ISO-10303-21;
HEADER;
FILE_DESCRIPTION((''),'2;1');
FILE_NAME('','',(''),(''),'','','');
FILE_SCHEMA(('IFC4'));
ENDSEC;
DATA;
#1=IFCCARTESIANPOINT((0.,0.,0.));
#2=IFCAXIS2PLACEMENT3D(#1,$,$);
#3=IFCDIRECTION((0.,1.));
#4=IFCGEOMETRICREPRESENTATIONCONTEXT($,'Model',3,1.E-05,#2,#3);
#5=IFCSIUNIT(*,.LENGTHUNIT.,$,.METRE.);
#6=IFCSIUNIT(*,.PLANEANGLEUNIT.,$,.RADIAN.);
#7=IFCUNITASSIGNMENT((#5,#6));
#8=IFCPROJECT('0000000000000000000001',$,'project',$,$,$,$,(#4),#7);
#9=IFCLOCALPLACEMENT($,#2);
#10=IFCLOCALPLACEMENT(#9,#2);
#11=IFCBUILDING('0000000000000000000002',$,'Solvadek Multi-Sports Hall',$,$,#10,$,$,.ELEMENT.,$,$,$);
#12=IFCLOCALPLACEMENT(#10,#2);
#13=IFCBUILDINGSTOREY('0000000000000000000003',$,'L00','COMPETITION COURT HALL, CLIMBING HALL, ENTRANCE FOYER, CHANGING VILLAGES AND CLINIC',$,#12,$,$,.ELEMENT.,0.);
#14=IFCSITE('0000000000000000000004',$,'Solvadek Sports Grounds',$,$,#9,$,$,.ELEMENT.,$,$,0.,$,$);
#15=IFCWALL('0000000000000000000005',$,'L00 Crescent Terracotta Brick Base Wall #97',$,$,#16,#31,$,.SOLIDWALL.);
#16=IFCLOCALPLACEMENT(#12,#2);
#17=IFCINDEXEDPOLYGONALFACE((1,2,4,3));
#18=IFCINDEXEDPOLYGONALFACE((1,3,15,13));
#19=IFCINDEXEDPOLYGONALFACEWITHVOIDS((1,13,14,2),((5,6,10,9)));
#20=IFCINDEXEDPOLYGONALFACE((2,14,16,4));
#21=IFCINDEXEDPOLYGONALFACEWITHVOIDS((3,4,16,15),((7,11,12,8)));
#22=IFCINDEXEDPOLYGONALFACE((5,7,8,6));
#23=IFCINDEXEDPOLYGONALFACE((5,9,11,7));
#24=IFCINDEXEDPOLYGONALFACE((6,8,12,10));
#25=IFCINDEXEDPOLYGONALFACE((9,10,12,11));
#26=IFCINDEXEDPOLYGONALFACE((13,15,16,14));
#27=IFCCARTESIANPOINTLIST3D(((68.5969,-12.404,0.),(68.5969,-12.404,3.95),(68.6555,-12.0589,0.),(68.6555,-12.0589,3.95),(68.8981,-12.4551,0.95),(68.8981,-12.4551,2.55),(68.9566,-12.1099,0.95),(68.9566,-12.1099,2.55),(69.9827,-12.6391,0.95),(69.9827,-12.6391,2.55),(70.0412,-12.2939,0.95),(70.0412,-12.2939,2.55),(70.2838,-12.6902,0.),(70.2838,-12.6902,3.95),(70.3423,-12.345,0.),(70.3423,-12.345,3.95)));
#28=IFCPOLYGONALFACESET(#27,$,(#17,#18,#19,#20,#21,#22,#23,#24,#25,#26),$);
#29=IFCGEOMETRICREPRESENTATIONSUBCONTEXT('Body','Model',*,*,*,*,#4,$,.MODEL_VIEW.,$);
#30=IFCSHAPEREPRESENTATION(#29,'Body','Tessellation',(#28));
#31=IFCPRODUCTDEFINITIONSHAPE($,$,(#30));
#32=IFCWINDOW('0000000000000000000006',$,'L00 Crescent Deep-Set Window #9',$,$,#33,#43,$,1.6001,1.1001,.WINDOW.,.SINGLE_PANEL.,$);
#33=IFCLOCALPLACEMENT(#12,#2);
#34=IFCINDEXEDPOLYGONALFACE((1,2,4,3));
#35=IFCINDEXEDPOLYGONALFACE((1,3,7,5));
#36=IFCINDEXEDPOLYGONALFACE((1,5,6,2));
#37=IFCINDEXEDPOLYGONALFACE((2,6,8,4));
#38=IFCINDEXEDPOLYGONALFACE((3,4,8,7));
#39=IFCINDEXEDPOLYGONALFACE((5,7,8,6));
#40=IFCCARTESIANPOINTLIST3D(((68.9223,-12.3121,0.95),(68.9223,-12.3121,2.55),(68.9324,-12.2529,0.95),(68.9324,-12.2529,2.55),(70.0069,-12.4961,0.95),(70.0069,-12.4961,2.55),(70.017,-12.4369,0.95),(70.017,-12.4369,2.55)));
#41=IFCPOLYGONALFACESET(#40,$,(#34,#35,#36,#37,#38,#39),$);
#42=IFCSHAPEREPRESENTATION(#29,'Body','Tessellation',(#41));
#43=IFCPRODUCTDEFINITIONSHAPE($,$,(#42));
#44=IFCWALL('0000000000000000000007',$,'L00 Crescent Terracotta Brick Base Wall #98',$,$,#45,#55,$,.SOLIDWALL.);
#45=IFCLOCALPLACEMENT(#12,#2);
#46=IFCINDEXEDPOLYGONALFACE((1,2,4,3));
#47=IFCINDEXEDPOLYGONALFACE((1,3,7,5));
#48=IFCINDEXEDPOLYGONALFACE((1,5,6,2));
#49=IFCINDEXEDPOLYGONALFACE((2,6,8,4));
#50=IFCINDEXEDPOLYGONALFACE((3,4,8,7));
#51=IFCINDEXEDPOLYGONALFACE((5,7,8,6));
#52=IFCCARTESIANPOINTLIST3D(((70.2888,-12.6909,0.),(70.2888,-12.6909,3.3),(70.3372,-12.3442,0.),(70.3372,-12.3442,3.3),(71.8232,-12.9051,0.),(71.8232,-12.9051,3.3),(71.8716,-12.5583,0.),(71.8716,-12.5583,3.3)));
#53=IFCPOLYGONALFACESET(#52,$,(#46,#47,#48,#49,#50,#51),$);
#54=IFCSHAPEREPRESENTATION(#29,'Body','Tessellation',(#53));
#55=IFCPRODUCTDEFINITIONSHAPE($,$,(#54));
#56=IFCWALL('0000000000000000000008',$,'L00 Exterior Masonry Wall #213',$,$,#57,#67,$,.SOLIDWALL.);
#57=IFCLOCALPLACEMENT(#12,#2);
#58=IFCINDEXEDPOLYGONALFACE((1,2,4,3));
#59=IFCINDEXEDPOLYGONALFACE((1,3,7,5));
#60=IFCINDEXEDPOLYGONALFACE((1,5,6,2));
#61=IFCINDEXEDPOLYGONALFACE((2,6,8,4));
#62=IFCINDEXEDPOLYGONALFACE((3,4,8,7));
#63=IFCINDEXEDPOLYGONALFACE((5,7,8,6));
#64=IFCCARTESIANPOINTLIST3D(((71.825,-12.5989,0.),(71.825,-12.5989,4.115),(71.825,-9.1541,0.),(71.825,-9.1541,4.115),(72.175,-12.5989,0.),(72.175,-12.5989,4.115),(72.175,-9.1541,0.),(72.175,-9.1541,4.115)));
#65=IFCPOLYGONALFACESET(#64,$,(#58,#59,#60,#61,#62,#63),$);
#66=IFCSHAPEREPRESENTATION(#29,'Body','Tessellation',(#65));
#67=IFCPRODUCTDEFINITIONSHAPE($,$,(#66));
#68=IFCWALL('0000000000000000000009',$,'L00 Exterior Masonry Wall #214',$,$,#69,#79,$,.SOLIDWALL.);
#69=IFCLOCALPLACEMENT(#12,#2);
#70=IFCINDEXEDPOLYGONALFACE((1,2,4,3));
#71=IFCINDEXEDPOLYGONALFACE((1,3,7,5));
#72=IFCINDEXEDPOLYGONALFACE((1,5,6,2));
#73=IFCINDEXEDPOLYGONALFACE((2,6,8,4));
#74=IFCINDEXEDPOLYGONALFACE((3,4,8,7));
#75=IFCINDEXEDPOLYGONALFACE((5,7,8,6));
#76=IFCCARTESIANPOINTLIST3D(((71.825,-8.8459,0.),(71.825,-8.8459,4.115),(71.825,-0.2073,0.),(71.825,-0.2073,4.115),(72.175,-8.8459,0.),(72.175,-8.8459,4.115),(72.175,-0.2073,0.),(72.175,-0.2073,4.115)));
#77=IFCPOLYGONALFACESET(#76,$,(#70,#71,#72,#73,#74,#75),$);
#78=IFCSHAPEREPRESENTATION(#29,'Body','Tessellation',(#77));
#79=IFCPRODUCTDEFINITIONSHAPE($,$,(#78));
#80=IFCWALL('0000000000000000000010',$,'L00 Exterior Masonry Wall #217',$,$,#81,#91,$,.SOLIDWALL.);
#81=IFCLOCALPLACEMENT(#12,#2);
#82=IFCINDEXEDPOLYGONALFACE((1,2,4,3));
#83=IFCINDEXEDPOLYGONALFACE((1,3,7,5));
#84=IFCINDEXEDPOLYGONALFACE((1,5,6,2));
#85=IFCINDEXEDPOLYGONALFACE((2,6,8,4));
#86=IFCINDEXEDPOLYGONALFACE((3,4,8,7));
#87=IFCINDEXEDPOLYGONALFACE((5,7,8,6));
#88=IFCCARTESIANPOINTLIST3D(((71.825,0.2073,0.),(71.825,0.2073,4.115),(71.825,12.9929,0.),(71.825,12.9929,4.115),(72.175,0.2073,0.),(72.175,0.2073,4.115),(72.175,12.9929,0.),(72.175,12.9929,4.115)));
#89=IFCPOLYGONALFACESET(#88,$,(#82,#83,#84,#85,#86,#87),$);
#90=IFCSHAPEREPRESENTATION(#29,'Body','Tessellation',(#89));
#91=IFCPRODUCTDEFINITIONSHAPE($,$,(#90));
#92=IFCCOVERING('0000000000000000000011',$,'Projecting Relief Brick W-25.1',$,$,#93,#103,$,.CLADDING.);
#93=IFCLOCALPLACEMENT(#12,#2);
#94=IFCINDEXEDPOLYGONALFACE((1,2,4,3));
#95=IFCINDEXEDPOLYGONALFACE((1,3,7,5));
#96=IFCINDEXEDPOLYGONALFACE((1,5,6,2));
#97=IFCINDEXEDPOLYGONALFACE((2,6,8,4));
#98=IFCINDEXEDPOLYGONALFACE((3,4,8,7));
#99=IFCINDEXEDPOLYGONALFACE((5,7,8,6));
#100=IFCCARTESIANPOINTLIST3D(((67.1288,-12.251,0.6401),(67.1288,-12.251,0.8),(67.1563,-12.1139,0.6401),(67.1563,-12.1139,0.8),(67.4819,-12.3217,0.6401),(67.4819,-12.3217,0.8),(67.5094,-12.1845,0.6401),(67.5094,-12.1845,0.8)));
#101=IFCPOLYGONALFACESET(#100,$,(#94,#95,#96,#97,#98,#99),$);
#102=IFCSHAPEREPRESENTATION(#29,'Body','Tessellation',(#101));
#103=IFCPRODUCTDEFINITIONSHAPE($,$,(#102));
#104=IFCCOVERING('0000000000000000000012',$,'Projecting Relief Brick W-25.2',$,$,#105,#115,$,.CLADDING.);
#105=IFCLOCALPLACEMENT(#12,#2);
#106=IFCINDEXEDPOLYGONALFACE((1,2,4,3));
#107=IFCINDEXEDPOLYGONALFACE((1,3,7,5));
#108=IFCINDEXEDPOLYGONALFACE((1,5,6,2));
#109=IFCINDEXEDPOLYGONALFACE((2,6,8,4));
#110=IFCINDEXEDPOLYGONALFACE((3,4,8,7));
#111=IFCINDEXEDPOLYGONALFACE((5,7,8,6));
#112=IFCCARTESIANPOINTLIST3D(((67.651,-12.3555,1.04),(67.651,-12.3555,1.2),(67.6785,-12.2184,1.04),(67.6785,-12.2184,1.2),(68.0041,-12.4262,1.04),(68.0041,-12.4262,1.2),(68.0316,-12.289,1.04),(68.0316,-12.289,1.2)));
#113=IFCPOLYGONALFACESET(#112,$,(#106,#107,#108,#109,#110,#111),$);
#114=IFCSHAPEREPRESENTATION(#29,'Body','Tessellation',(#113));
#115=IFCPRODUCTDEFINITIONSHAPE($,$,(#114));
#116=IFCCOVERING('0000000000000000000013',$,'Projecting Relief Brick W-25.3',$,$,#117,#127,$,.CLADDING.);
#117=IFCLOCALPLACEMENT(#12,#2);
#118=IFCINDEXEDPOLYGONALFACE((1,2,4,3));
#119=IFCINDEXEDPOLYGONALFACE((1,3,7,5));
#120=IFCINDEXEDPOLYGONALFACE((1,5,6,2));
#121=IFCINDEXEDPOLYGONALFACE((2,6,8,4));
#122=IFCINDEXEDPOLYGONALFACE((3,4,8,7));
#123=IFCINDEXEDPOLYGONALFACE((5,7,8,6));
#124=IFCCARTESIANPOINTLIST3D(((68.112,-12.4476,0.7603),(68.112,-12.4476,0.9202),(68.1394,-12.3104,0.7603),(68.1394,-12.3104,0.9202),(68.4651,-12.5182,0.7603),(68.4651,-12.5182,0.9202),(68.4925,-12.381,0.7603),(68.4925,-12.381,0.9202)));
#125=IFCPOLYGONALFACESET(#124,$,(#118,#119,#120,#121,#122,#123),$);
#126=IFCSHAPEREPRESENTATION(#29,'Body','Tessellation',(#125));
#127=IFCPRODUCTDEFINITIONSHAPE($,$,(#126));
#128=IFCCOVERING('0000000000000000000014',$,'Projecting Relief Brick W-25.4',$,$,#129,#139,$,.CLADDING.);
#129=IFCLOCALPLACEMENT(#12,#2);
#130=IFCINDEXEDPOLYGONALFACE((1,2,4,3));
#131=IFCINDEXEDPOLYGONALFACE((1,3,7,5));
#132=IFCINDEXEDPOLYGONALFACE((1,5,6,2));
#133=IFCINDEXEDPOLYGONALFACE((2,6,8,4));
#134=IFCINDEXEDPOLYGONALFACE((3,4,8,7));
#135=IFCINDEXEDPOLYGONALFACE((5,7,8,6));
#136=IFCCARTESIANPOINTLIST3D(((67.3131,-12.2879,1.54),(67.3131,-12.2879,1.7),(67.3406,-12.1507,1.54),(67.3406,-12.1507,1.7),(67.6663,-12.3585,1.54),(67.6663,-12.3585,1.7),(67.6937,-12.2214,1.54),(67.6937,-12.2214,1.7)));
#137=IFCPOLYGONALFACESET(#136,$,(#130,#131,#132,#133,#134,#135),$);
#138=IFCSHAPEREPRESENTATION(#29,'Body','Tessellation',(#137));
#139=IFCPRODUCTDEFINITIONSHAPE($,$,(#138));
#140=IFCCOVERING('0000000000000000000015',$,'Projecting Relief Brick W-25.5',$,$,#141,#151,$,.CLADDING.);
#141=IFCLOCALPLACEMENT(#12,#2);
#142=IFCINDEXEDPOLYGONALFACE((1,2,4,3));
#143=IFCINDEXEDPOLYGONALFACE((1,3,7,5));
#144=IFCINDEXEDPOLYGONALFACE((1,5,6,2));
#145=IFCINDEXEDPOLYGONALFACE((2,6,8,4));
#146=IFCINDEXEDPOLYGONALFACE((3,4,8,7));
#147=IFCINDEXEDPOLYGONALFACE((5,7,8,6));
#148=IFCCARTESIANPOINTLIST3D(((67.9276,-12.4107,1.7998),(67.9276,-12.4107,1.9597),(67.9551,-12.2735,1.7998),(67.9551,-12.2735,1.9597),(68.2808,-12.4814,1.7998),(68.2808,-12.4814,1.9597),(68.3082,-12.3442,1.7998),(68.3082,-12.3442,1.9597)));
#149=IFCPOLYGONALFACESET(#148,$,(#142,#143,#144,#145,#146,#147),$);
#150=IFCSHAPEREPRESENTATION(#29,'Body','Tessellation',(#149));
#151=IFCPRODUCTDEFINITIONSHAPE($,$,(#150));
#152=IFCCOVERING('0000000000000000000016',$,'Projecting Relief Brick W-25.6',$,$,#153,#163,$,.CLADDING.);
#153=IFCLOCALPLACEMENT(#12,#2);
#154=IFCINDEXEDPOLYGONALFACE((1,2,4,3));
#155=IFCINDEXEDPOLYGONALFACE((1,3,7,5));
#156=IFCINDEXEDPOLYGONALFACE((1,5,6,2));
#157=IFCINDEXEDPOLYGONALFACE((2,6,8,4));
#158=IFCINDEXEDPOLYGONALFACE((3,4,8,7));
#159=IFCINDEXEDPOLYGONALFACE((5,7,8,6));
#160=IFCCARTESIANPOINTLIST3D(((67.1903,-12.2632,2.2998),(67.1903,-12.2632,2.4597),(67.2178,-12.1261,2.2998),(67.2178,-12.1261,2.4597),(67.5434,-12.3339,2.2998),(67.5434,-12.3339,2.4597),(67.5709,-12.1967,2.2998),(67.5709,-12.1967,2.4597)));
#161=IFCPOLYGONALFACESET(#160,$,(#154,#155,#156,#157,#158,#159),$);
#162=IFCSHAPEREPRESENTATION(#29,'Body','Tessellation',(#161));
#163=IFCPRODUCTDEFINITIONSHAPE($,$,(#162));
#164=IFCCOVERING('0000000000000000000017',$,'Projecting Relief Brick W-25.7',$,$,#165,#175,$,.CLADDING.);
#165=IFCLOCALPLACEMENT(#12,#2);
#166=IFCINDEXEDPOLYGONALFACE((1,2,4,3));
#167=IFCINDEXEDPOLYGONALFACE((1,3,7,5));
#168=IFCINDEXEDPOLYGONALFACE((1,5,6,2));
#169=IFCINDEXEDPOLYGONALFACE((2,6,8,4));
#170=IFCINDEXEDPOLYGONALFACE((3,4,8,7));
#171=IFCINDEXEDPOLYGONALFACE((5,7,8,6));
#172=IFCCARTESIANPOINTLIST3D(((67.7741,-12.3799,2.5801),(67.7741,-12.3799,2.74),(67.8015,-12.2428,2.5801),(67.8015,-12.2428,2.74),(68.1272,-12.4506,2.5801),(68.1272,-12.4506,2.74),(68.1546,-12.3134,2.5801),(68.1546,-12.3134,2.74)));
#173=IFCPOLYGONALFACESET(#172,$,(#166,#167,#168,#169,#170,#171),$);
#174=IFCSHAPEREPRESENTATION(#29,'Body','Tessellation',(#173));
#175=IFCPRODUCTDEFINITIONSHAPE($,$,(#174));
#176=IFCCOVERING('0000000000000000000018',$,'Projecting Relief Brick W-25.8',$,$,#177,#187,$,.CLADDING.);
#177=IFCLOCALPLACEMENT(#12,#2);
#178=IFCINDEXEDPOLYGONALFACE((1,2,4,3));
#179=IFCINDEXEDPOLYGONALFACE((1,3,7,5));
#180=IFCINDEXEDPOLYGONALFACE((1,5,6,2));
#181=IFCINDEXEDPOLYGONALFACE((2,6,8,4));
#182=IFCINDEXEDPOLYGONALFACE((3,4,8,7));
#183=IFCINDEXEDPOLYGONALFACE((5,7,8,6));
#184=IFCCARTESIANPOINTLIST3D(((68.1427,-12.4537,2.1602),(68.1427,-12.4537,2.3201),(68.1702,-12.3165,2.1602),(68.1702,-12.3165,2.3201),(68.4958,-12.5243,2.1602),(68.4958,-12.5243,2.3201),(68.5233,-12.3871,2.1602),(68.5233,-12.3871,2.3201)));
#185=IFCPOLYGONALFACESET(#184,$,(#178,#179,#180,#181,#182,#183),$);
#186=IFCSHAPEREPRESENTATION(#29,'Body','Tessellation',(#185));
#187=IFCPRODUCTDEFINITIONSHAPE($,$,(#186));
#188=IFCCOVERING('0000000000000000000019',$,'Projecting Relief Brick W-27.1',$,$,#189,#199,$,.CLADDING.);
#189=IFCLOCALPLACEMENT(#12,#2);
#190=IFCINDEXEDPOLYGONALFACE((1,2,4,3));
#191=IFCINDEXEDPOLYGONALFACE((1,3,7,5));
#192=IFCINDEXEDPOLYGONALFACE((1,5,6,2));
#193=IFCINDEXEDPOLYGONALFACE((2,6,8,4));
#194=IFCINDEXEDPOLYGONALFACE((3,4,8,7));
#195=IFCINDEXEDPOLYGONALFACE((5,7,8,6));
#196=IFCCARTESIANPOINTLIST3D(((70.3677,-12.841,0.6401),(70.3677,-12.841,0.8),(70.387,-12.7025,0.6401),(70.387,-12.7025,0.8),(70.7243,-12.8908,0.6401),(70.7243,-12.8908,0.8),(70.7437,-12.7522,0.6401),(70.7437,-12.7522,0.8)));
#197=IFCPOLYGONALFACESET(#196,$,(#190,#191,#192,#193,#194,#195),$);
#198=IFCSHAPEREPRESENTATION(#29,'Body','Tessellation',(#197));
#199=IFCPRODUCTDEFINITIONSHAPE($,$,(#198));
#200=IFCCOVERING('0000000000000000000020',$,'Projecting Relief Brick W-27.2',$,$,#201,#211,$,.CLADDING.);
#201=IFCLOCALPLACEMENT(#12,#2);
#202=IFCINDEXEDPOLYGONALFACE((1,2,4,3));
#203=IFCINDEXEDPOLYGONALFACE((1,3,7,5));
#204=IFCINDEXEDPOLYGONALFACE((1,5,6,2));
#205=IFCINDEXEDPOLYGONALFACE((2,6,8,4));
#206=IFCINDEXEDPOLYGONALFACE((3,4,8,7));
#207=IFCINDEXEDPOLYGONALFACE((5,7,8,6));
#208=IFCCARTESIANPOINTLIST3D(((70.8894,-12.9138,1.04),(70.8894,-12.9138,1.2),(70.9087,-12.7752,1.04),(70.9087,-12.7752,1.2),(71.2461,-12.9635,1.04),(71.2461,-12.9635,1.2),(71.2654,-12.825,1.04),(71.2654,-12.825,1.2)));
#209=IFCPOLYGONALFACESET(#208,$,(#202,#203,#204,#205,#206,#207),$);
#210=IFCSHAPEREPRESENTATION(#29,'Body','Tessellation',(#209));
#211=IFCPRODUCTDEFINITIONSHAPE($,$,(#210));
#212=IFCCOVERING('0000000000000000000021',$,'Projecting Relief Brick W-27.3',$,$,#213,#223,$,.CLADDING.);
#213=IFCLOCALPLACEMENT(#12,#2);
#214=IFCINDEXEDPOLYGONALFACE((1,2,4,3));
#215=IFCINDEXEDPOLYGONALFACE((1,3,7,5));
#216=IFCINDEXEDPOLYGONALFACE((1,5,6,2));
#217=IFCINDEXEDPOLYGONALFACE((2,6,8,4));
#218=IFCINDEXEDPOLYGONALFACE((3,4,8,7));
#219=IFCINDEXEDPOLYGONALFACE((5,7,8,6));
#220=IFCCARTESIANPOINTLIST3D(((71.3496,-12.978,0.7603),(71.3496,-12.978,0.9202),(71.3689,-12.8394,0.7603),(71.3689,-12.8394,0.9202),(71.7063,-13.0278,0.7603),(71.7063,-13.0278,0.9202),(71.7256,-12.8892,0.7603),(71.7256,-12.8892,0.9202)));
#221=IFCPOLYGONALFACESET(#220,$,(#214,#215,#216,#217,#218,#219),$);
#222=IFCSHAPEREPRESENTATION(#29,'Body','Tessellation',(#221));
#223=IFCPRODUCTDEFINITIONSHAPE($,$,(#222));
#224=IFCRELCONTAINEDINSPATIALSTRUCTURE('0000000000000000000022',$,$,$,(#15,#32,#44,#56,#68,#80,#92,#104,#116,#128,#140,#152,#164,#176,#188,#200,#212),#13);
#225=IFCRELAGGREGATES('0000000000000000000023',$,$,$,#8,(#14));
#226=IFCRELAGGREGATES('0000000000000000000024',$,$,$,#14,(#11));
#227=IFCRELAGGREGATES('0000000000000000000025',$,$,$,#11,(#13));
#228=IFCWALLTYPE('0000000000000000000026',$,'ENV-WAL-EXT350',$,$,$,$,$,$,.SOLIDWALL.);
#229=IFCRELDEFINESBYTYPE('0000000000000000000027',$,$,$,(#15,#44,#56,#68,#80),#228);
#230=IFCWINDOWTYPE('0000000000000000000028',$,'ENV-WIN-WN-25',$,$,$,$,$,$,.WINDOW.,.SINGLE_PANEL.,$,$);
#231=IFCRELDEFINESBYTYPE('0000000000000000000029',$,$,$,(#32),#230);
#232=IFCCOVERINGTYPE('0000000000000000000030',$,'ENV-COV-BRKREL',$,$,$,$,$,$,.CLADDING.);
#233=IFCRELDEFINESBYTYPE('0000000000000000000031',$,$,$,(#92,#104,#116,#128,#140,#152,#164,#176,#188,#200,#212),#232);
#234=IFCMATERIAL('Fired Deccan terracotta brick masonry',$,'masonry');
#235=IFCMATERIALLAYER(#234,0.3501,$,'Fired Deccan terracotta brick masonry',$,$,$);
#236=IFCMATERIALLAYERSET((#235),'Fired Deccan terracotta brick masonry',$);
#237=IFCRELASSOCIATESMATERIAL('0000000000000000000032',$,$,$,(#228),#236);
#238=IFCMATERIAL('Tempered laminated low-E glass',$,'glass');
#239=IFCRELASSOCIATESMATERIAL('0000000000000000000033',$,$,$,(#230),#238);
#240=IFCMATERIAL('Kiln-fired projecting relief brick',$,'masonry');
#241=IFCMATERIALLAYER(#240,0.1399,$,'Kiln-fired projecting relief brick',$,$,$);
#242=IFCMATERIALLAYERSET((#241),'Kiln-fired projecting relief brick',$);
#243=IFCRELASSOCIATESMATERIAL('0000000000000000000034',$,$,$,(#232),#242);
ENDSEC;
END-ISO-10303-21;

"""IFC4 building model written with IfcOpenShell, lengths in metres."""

from ifc_helpers import new_model, si_unit, direction, frame, frame_2d, origin, origin_2d, place, context, subcontext, project, spatial, rectangle, extrude, material, layer, layer_set, type_object, element, fill, save


model = new_model("IFC4")

# Units and contexts
model_context = context("Model", 3, precision=1e-05, world=origin(), true_north=direction((0.0, 1.0)))
body_context = subcontext(model_context, "Body", "Model", "MODEL_VIEW")
ifc_project = project(units=[si_unit("LENGTHUNIT", "METRE"), si_unit("PLANEANGLEUNIT", "RADIAN")], contexts=[model_context])

# Site, building, storey
site_placement = place(None, origin())
site = spatial("IfcSite", under=ifc_project, at=site_placement, Name="Solvadek Sports Grounds", CompositionType="ELEMENT", RefElevation=0.0)
building_placement = place(site_placement, origin())
building = spatial("IfcBuilding", under=site, at=building_placement, Name="Solvadek Multi-Sports Hall", CompositionType="ELEMENT")
storey_placement = place(building_placement, origin())
storey = spatial("IfcBuildingStorey", under=building, at=storey_placement, Name="L00", Description="COMPETITION COURT HALL, CLIMBING HALL, ENTRANCE FOYER, CHANGING VILLAGES AND CLINIC", CompositionType="ELEMENT", Elevation=0.0)

# Shared definitions
ifc_material_1 = material(Name="Fired Deccan terracotta brick masonry", Category="masonry")
ifc_layer_1 = layer(ifc_material_1, 0.3501, Name="Fired Deccan terracotta brick masonry")
ifc_layer_set_1 = layer_set([ifc_layer_1], Name="Fired Deccan terracotta brick masonry")
wall_type = type_object("IfcWallType", Name="ENV-WAL-EXT350", PredefinedType="SOLIDWALL", material=ifc_layer_set_1)

# Wall, opening, window
wall_1_placement = place(storey_placement, frame((68.6262, -12.2314, 0.0), z_axis=(0.0, 0.0, 1.0), x_axis=(0.985915, -0.167245, 0.0)))
wall_1 = element("IfcWall", 1, at=wall_1_placement, inside=storey, type_object=wall_type, Name="L00 Crescent Terracotta Brick Base Wall #97", PredefinedType="SOLIDWALL", context=body_context, shape_type="SweptSolid", body=[
    extrude(rectangle(XDim=1.7109, YDim=0.3501, at=frame_2d((0.8555, 0.0))), origin(), (0.0, 0.0, 1.0), 3.95),
])
opening_placement = place(wall_1_placement, frame((0.3054, 0.0, 0.95)))
opening = element("IfcOpeningElement", 2, at=opening_placement, cuts=wall_1, PredefinedType="OPENING", context=body_context, shape_type="SweptSolid", body=[
    extrude(rectangle(XDim=1.1001, YDim=1.6001, at=frame_2d((0.55, 0.8))), frame((0.0, 0.1851, 0.0), z_axis=(0.0, -1.0, 0.0), x_axis=(1.0, 0.0, 0.0)), (0.0, 0.0, 1.0), 0.3701),
])
ifc_material_2 = material(Name="Tempered laminated low-E glass", Category="glass")
window_type = type_object("IfcWindowType", Name="ENV-WIN-WN-25", PartitioningType="SINGLE_PANEL", PredefinedType="WINDOW", material=ifc_material_2)
window_placement = place(opening_placement, origin())
window = element("IfcWindow", 3, at=window_placement, inside=storey, type_object=window_type, Name="L00 Crescent Deep-Set Window #9", OverallHeight=1.6001, OverallWidth=1.1001, PartitioningType="SINGLE_PANEL", PredefinedType="WINDOW", context=body_context, shape_type="SweptSolid", body=[
    extrude(rectangle(XDim=1.1001, YDim=1.6001, at=frame_2d((0.55, 0.8))), frame((0.0, 0.03, 0.0), z_axis=(0.0, -1.0, 0.0), x_axis=(1.0, 0.0, 0.0)), (0.0, 0.0, 1.0), 0.0601),
])
fill(opening, window)

# Walls
wall_2_placement = place(storey_placement, frame((70.313, -12.5176, 0.0), z_axis=(0.0, 0.0, 1.0), x_axis=(0.990404, -0.1382, 0.0)))
element("IfcWall", 4, at=wall_2_placement, inside=storey, type_object=wall_type, Name="L00 Crescent Terracotta Brick Base Wall #98", PredefinedType="SOLIDWALL", context=body_context, shape_type="SweptSolid", body=[
    extrude(rectangle(XDim=1.5493, YDim=0.3501, at=frame_2d((0.7747, 0.0))), origin(), (0.0, 0.0, 1.0), 3.3),
])
wall_3_placement = place(storey_placement, frame((72.0, -12.5989, 0.0), z_axis=(0.0, 0.0, 1.0), x_axis=(0.0, 1.0, 0.0)))
element("IfcWall", 5, at=wall_3_placement, inside=storey, type_object=wall_type, Name="L00 Exterior Masonry Wall #213", PredefinedType="SOLIDWALL", context=body_context, shape_type="SweptSolid", body=[
    extrude(rectangle(XDim=3.4448, YDim=0.3501, at=frame_2d((1.7224, 0.0))), origin(), (0.0, 0.0, 1.0), 4.115),
])
wall_4_placement = place(storey_placement, frame((72.0, -8.8459, 0.0), z_axis=(0.0, 0.0, 1.0), x_axis=(0.0, 1.0, 0.0)))
element("IfcWall", 6, at=wall_4_placement, inside=storey, type_object=wall_type, Name="L00 Exterior Masonry Wall #214", PredefinedType="SOLIDWALL", context=body_context, shape_type="SweptSolid", body=[
    extrude(rectangle(XDim=8.6387, YDim=0.3501, at=frame_2d((4.3193, 0.0))), origin(), (0.0, 0.0, 1.0), 4.115),
])
wall_5_placement = place(storey_placement, frame((72.0, 0.2073, 0.0), z_axis=(0.0, 0.0, 1.0), x_axis=(0.0, 1.0, 0.0)))
element("IfcWall", 7, at=wall_5_placement, inside=storey, type_object=wall_type, Name="L00 Exterior Masonry Wall #217", PredefinedType="SOLIDWALL", context=body_context, shape_type="SweptSolid", body=[
    extrude(rectangle(XDim=12.7856, YDim=0.3501, at=frame_2d((6.3928, 0.0))), origin(), (0.0, 0.0, 1.0), 4.115),
])

# Coverings
ifc_material_3 = material(Name="Kiln-fired projecting relief brick", Category="masonry")
ifc_layer_2 = layer(ifc_material_3, 0.1399, Name="Kiln-fired projecting relief brick")
ifc_layer_set_2 = layer_set([ifc_layer_2], Name="Kiln-fired projecting relief brick")
covering_type_1 = type_object("IfcCoveringType", Name="ENV-COV-BRKREL", PredefinedType="CLADDING", material=ifc_layer_set_2)
for number, where, z_axis, x_axis, name in (
    (8, (67.3191, -12.2178, 0.6401), (0.0, 0.0, 1.0), (0.980567, -0.196183, 0.0), "Projecting Relief Brick W-25.1"),
    (9, (67.8413, -12.3223, 1.04), (0.0, 0.0, 1.0), (0.980567, -0.196183, 0.0), "Projecting Relief Brick W-25.2"),
    (10, (68.3022, -12.4143, 0.7603), (0.0, 0.0, 1.0), (0.980567, -0.196183, 0.0), "Projecting Relief Brick W-25.3"),
    (11, (67.5034, -12.2546, 1.54), (0.0, 0.0, 1.0), (0.980567, -0.196183, 0.0), "Projecting Relief Brick W-25.4"),
    (12, (68.1179, -12.3774, 1.7998), (0.0, 0.0, 1.0), (0.980567, -0.196183, 0.0), "Projecting Relief Brick W-25.5"),
    (13, (67.3806, -12.23, 2.2998), (0.0, 0.0, 1.0), (0.980567, -0.196183, 0.0), "Projecting Relief Brick W-25.6"),
    (14, (67.9644, -12.3467, 2.5801), (0.0, 0.0, 1.0), (0.980567, -0.196183, 0.0), "Projecting Relief Brick W-25.7"),
    (15, (68.333, -12.4204, 2.1602), (0.0, 0.0, 1.0), (0.980567, -0.196183, 0.0), "Projecting Relief Brick W-25.8"),
    (16, (70.5557, -12.7966, 0.6401), (0.0, 0.0, 1.0), (0.990403, -0.138207, 0.0), "Projecting Relief Brick W-27.1"),
    (17, (71.0774, -12.8694, 1.04), (0.0, 0.0, 1.0), (0.990403, -0.138207, 0.0), "Projecting Relief Brick W-27.2"),
    (18, (71.5376, -12.9336, 0.7603), (0.0, 0.0, 1.0), (0.990403, -0.138207, 0.0), "Projecting Relief Brick W-27.3"),
):
    element("IfcCovering", number, at=place(storey_placement, frame(where, z_axis=z_axis, x_axis=x_axis)), inside=storey, type_object=covering_type_1, Name=name, PredefinedType="CLADDING", context=body_context, shape_type="SweptSolid", body=[
        extrude(rectangle(XDim=0.3601, YDim=0.1399, at=origin_2d()), origin(), (0.0, 0.0, 1.0), 0.1599),
    ])

save(model, "model.ifc")
